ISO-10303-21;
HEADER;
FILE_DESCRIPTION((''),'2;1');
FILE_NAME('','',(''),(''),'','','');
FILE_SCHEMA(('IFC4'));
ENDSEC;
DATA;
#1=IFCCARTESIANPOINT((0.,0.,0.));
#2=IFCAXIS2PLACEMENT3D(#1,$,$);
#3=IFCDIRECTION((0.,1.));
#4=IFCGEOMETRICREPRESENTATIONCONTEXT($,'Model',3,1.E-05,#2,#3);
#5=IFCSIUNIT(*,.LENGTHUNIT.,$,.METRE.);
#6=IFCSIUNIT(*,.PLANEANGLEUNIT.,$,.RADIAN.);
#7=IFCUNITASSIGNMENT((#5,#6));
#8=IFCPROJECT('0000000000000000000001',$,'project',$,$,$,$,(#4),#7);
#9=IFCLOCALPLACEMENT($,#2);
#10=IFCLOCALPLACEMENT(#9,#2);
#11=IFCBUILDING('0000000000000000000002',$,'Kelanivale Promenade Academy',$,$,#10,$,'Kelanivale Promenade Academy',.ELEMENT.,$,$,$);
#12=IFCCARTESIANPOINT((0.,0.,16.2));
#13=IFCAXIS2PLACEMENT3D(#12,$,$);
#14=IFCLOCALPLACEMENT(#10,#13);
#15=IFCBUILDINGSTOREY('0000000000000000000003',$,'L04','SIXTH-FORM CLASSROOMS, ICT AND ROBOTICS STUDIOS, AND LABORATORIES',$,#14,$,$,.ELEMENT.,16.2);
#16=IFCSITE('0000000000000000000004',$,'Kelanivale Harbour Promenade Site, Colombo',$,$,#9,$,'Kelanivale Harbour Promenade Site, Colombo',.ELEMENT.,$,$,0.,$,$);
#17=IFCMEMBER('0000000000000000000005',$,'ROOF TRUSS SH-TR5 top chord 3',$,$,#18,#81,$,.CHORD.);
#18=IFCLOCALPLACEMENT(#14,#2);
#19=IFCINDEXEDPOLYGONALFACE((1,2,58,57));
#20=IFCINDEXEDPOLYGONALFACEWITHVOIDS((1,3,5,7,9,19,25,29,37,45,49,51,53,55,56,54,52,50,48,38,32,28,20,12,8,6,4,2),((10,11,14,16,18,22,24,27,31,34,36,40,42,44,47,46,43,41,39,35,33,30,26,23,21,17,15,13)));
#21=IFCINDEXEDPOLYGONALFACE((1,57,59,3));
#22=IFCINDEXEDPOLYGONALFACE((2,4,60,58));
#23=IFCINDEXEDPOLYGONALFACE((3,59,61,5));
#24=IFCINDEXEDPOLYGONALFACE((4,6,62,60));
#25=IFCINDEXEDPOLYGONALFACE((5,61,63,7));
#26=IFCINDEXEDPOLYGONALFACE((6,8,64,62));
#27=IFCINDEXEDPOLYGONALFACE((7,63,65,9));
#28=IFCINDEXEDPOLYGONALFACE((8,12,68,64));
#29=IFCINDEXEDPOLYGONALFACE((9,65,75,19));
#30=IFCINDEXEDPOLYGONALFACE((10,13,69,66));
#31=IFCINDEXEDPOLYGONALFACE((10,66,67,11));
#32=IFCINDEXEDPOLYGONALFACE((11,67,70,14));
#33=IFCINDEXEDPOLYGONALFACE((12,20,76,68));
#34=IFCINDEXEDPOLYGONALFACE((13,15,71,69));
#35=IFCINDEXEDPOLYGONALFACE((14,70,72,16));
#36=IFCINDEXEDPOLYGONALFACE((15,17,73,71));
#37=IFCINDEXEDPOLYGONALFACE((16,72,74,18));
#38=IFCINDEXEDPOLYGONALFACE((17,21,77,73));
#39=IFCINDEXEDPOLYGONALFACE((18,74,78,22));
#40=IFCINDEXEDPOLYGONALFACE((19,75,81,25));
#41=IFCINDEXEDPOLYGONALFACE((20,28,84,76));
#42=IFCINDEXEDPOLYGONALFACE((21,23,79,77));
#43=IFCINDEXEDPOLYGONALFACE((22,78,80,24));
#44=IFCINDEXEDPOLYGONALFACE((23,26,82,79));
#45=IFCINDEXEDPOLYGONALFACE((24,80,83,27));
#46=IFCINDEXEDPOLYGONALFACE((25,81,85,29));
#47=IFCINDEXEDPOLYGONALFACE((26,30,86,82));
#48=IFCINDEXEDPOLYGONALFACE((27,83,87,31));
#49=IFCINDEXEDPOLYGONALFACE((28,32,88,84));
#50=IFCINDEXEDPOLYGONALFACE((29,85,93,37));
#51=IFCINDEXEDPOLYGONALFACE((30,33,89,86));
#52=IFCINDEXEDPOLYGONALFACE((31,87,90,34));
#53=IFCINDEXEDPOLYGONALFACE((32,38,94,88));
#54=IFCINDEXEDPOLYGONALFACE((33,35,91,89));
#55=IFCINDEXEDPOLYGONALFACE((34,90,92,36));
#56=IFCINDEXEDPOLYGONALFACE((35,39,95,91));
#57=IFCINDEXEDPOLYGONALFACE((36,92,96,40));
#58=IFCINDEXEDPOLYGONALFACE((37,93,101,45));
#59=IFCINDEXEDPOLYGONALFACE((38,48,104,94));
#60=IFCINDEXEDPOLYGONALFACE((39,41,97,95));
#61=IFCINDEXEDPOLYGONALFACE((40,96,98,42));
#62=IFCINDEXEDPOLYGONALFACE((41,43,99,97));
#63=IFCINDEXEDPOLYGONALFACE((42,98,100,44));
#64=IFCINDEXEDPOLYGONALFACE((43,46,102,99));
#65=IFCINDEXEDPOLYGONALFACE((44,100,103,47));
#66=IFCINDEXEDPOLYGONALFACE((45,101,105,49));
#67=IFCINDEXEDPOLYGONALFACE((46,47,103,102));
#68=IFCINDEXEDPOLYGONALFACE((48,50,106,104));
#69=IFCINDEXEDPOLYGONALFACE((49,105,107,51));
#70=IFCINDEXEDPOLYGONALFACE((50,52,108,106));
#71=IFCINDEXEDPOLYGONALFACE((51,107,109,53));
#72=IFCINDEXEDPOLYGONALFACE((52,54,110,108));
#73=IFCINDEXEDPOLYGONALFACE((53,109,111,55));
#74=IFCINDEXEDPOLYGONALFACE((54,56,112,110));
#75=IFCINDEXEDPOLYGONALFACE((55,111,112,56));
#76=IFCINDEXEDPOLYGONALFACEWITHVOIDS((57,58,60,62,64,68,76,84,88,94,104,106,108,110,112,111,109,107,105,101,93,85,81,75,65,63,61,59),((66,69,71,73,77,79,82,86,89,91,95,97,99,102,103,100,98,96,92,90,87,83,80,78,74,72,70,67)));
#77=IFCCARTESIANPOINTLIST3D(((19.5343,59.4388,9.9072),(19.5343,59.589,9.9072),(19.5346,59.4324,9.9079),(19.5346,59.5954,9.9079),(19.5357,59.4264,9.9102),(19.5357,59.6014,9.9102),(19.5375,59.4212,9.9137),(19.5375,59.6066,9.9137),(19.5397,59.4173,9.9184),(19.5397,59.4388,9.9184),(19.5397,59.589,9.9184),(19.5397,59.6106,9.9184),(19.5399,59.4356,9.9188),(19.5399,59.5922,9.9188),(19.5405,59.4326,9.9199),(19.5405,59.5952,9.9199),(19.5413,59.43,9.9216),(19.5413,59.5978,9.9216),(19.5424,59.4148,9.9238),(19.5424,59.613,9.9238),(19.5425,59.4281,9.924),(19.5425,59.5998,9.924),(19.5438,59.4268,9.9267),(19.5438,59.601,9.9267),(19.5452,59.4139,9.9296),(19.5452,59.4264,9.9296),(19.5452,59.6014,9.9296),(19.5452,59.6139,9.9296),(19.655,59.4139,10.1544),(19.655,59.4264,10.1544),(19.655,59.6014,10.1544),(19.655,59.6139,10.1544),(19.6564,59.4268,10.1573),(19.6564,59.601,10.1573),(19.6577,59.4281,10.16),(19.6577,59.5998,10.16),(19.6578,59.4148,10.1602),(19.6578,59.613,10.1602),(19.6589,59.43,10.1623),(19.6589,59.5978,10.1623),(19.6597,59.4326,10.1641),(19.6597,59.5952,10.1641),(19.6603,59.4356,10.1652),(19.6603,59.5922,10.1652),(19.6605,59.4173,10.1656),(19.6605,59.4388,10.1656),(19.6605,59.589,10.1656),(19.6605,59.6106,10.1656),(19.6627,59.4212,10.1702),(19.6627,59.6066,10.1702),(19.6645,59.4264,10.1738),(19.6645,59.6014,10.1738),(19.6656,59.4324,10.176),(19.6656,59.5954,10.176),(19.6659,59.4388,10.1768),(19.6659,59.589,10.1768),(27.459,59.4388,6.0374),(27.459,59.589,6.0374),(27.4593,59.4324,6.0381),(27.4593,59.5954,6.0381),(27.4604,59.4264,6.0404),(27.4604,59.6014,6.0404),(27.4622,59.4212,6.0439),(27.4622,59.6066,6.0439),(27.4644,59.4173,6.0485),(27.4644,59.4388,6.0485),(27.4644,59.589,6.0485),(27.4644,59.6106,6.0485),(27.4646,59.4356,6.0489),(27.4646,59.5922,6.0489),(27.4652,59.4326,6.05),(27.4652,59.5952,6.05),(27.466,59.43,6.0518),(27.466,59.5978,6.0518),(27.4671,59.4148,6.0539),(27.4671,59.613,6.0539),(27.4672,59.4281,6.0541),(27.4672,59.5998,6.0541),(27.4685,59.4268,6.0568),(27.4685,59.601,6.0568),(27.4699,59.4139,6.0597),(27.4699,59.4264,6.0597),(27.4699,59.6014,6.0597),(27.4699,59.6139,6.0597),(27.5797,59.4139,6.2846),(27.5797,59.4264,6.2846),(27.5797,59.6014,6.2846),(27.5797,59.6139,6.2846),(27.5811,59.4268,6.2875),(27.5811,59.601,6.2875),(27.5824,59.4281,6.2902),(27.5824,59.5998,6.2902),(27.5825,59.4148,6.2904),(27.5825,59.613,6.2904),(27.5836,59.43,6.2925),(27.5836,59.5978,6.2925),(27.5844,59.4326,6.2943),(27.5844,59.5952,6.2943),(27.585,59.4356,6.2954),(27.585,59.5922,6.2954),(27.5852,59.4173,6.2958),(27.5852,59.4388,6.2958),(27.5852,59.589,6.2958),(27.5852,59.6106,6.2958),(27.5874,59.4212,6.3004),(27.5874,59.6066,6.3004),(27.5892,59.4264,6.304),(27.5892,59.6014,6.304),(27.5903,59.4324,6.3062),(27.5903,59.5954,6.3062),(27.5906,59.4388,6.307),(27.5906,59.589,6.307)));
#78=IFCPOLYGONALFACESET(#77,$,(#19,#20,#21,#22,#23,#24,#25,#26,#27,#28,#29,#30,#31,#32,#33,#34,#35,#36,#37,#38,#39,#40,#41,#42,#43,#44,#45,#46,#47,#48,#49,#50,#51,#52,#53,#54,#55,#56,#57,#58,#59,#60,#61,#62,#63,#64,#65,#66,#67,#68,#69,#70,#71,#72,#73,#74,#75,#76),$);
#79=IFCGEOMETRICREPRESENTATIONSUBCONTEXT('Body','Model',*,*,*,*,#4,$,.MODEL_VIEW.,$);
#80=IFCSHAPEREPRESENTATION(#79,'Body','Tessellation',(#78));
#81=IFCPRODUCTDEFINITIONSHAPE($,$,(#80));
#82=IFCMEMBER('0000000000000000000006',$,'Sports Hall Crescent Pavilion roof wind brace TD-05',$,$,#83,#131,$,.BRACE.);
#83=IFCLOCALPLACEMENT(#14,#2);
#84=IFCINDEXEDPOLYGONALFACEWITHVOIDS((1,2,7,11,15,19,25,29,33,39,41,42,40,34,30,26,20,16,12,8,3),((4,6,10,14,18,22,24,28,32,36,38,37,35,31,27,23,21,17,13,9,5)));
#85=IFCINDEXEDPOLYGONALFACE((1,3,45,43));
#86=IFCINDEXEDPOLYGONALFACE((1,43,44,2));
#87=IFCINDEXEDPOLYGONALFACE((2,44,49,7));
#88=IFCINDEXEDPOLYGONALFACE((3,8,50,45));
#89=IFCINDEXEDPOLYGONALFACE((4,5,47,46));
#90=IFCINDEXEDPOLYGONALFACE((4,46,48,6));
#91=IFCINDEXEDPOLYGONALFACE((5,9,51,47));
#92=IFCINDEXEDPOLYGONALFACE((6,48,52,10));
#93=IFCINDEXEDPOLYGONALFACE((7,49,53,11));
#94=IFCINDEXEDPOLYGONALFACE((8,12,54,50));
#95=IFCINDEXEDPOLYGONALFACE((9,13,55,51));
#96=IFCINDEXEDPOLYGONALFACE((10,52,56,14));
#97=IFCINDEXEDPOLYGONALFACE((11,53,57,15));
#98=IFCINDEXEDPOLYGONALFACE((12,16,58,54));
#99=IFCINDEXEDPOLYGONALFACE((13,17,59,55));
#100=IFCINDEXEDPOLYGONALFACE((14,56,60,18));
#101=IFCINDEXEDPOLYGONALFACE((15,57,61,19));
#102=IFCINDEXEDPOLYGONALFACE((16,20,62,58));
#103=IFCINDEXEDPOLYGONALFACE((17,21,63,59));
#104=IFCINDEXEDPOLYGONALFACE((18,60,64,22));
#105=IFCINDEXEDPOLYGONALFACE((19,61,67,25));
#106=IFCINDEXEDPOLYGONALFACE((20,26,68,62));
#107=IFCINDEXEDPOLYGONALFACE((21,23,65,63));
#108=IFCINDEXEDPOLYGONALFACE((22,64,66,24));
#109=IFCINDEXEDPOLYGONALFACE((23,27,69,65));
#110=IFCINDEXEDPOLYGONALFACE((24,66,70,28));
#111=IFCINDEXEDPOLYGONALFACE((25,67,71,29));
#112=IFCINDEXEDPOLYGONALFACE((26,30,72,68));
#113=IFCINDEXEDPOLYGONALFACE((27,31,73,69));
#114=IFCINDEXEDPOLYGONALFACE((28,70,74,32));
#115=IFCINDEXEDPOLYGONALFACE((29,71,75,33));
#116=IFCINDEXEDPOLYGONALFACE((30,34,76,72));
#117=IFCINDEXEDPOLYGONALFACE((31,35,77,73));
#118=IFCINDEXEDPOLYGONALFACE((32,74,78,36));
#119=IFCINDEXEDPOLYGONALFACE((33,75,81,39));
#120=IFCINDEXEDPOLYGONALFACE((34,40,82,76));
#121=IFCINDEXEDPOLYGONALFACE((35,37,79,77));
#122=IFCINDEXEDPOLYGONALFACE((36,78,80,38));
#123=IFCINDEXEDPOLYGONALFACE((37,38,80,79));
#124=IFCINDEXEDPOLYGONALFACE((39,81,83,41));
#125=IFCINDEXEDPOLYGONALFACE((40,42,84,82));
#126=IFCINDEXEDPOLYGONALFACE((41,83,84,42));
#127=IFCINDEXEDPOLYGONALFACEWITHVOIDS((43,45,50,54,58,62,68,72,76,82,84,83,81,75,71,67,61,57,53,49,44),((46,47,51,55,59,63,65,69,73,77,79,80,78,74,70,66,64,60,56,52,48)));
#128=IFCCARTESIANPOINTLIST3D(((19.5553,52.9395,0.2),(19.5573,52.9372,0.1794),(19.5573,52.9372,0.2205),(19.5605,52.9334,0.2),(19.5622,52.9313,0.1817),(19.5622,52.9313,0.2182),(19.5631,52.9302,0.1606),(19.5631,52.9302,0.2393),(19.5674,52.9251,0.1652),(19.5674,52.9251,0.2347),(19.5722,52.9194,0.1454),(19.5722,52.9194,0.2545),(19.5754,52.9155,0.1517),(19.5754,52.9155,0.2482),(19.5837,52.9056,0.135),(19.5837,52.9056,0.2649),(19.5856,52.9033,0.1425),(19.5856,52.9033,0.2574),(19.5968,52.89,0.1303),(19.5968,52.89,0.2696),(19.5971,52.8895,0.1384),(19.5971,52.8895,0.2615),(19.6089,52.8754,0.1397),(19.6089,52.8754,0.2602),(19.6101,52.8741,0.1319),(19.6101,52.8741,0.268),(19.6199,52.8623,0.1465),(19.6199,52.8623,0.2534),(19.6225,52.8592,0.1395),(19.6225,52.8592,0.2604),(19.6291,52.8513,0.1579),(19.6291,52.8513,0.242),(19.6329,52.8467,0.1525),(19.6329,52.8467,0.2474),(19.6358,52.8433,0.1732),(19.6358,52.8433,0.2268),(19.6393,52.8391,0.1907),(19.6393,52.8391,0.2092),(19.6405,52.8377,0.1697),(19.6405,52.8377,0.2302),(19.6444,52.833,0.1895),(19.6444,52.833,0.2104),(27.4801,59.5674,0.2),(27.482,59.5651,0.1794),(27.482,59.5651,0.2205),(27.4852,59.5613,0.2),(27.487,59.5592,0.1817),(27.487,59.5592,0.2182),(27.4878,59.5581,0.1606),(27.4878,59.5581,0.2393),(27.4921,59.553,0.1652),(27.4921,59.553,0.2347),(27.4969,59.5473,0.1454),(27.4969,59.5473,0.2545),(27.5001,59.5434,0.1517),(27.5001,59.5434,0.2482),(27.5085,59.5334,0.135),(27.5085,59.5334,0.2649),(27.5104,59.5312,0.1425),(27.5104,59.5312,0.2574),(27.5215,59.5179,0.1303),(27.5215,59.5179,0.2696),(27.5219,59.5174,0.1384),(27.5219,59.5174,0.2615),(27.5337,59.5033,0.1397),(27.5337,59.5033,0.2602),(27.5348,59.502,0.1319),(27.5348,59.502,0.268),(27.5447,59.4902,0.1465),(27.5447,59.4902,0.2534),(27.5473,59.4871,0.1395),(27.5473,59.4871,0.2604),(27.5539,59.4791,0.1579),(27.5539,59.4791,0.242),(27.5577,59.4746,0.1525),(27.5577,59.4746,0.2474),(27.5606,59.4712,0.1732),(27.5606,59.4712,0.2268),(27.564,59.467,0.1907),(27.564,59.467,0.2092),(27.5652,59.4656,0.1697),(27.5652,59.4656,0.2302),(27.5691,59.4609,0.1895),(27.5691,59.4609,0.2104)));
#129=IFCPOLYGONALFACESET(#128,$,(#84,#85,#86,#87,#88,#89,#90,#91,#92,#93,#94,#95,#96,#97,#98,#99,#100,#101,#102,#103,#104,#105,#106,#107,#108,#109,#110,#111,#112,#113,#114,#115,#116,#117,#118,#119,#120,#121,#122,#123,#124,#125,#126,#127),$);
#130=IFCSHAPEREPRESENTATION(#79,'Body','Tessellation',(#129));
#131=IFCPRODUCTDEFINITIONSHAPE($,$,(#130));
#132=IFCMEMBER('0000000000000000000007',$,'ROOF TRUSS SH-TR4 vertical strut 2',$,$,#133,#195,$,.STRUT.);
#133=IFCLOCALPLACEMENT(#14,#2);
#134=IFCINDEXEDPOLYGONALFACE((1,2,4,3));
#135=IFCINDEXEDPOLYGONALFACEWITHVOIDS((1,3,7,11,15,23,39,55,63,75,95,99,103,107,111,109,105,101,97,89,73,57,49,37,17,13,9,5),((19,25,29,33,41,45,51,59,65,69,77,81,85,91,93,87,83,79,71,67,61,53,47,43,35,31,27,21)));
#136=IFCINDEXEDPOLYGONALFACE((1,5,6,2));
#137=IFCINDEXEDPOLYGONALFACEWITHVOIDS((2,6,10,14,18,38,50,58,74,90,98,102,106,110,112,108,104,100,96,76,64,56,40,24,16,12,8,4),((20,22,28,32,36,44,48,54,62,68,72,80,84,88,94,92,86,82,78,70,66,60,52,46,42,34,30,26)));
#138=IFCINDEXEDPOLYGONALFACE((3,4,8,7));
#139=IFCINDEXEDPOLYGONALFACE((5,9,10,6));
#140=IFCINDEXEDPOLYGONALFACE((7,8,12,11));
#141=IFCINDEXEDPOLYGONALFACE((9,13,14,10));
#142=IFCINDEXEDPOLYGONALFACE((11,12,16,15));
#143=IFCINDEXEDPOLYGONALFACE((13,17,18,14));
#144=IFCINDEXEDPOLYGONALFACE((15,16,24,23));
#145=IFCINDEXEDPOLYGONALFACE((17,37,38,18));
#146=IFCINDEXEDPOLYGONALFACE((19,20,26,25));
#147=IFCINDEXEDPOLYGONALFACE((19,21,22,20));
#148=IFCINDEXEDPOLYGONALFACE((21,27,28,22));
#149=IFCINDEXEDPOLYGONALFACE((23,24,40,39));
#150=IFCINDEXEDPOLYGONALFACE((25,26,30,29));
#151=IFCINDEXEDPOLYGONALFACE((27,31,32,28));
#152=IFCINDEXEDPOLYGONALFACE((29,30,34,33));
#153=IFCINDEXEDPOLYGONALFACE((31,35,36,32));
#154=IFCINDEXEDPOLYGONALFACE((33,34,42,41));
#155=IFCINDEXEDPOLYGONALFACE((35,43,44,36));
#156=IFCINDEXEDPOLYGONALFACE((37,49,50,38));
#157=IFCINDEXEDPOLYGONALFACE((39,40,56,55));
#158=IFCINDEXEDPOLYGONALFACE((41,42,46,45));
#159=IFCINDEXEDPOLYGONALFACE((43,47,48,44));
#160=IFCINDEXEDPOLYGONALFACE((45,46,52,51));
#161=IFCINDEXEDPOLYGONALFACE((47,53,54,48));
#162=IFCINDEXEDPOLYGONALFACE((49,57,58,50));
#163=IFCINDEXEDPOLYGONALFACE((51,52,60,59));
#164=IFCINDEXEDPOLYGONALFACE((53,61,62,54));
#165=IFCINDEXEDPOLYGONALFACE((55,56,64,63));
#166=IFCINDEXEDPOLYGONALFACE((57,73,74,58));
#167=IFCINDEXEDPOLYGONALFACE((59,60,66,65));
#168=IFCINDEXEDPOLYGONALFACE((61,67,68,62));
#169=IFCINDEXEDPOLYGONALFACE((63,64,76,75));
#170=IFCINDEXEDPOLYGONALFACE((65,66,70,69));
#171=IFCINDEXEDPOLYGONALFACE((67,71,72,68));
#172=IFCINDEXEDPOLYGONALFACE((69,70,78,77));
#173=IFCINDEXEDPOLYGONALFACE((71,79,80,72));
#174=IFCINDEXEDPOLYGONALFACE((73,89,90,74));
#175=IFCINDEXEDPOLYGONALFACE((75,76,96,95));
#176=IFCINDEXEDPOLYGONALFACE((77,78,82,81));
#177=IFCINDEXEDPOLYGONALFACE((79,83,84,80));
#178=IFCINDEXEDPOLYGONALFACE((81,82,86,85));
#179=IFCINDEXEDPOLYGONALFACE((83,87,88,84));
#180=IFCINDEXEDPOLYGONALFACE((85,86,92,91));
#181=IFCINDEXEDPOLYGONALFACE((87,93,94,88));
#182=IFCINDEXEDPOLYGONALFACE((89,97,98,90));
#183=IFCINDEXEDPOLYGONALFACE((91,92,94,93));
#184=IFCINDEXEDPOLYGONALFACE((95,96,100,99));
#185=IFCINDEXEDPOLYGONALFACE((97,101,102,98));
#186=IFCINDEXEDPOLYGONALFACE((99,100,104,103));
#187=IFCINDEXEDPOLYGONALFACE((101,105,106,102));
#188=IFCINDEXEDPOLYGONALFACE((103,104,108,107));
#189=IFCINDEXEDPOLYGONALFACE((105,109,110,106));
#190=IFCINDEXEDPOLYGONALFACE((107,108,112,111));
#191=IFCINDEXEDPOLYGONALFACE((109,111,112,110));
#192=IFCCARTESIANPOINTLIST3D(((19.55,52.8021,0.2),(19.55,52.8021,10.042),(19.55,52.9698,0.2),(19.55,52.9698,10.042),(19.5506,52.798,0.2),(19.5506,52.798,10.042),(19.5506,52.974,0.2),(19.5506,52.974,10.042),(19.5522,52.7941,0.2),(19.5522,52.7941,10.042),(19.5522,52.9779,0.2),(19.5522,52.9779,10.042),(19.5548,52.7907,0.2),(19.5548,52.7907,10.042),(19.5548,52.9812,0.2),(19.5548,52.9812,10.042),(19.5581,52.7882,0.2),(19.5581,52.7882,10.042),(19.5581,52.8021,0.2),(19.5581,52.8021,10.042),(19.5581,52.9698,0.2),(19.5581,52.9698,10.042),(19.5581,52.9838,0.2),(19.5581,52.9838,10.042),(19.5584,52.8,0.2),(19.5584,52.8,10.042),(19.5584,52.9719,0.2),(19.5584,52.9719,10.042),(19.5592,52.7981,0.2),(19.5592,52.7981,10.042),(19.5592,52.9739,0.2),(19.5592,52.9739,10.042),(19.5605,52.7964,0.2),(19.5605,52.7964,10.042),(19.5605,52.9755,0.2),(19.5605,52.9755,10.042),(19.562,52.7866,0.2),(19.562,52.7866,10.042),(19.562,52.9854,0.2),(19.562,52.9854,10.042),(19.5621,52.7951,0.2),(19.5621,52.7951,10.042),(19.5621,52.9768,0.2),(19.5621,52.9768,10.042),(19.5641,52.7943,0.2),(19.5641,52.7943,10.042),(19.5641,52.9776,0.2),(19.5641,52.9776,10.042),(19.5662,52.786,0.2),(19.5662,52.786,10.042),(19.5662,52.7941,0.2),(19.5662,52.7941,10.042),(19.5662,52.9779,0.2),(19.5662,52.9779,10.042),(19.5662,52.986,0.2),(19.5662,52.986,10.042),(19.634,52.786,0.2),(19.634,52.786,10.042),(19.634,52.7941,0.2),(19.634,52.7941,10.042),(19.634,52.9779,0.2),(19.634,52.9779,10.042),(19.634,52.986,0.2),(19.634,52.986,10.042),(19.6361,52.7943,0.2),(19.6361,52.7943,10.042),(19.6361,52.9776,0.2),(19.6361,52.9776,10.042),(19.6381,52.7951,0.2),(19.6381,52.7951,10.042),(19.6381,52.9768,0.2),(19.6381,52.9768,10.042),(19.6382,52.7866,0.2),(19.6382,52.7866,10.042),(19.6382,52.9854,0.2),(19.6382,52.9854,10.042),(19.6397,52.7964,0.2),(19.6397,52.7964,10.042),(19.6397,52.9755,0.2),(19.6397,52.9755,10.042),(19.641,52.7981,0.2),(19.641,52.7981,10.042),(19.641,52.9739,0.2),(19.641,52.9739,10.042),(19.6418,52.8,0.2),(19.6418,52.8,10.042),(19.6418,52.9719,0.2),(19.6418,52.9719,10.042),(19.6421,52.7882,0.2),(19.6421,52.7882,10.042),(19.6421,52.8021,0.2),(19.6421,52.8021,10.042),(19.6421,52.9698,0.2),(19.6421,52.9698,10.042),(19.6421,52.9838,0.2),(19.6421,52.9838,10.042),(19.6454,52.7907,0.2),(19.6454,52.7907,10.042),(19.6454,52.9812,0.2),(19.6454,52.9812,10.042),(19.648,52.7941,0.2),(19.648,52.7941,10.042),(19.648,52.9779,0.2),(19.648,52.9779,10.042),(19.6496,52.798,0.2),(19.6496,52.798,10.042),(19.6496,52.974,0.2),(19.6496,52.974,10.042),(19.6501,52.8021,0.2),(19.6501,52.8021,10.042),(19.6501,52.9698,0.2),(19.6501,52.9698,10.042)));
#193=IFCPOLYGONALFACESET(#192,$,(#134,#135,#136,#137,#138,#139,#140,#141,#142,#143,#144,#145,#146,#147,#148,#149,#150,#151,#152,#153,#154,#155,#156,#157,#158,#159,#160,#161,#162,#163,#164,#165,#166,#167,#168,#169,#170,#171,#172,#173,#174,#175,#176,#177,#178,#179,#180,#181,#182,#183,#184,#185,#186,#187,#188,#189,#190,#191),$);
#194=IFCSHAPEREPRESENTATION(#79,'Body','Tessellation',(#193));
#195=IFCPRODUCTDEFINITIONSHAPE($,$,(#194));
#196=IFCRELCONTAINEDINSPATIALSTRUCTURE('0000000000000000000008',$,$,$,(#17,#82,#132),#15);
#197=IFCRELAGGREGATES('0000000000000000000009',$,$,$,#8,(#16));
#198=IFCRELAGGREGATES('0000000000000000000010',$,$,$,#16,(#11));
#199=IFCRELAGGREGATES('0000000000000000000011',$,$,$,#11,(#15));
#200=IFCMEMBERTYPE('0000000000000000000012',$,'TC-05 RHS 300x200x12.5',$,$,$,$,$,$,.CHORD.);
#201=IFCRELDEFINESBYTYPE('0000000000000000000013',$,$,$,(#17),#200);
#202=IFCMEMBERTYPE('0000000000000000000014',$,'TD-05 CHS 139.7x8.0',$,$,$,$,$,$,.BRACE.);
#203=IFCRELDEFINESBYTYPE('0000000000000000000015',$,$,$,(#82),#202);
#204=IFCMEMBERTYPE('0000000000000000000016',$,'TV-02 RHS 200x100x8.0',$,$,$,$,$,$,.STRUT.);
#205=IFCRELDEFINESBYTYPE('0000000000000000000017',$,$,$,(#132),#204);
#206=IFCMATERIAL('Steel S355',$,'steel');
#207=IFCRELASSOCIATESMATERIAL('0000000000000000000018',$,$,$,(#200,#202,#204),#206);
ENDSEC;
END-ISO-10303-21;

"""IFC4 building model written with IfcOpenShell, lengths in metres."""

from ifc_helpers import new_model, si_unit, direction, frame, origin, origin_2d, place, context, subcontext, project, spatial, hollow_rectangle, hollow_circle, extrude, material, material_profile, profile_set, type_object, element, save


model = new_model("IFC4")

# Units and contexts
model_context = context("Model", 3, precision=1e-05, world=origin(), true_north=direction((0.0, 1.0)))
body_context = subcontext(model_context, "Body", "Model", "MODEL_VIEW")
ifc_project = project(units=[si_unit("LENGTHUNIT", "METRE"), si_unit("PLANEANGLEUNIT", "RADIAN")], contexts=[model_context])

# Site, building, storey
site_placement = place(None, origin())
site = spatial("IfcSite", under=ifc_project, at=site_placement, Name="Kelanivale Harbour Promenade Site, Colombo", LongName="Kelanivale Harbour Promenade Site, Colombo", CompositionType="ELEMENT", RefElevation=0.0)
building_placement = place(site_placement, origin())
building = spatial("IfcBuilding", under=site, at=building_placement, Name="Kelanivale Promenade Academy", LongName="Kelanivale Promenade Academy", CompositionType="ELEMENT")
storey_placement = place(building_placement, frame((0.0, 0.0, 16.2)))
storey = spatial("IfcBuildingStorey", under=building, at=storey_placement, Name="L04", Description="SIXTH-FORM CLASSROOMS, ICT AND ROBOTICS STUDIOS, AND LABORATORIES", CompositionType="ELEMENT", Elevation=16.2)

# Members
ifc_material_1 = material(Name="Steel S355", Category="steel")
ifc_material_profile_1 = material_profile(ifc_material_1, hollow_rectangle(XDim=0.2, YDim=0.3, WallThickness=0.0125, InnerFilletRadius=0.0125, OuterFilletRadius=0.0249, at=origin_2d()), Name="RHS 300x200x12.5")
ifc_profile_set_1 = profile_set([ifc_material_profile_1], Name="Steel S355")
member_type_1 = type_object("IfcMemberType", Name="TC-05 RHS 300x200x12.5", PredefinedType="CHORD", material=ifc_profile_set_1)
member_1_placement = place(storey_placement, frame((19.6001, 59.5139, 10.042), z_axis=(0.898585, 0.0, -0.4388), x_axis=(0.0, 1.0, 0.0)))
element("IfcMember", 1, at=member_1_placement, inside=storey, type_object=member_type_1, Name="ROOF TRUSS SH-TR5 top chord 3", PredefinedType="CHORD", context=body_context, shape_type="SweptSolid", body=[
    extrude(hollow_rectangle(XDim=0.2, YDim=0.3, WallThickness=0.0125, InnerFilletRadius=0.0125, OuterFilletRadius=0.0249, at=origin_2d()), origin(), (0.0, 0.0, 1.0), 8.8191),
])
ifc_material_profile_2 = material_profile(ifc_material_1, hollow_circle(Radius=0.0698, WallThickness=0.0081, at=origin_2d()), Name="CHS 139.7x8.0")
ifc_profile_set_2 = profile_set([ifc_material_profile_2], Name="Steel S355")
member_type_2 = type_object("IfcMemberType", Name="TD-05 CHS 139.7x8.0", PredefinedType="BRACE", material=ifc_profile_set_2)
member_2_placement = place(storey_placement, frame((19.6001, 52.886, 0.2), z_axis=(0.767081, 0.64155, 0.0), x_axis=(-0.64155, 0.767081, 0.0)))
element("IfcMember", 2, at=member_2_placement, inside=storey, type_object=member_type_2, Name="Sports Hall Crescent Pavilion roof wind brace TD-05", PredefinedType="BRACE", context=body_context, shape_type="SweptSolid", body=[
    extrude(hollow_circle(Radius=0.0698, WallThickness=0.0081, at=origin_2d()), origin(), (0.0, 0.0, 1.0), 10.3311),
])
ifc_material_profile_3 = material_profile(ifc_material_1, hollow_rectangle(XDim=0.1001, YDim=0.2, WallThickness=0.0081, InnerFilletRadius=0.0081, OuterFilletRadius=0.0161, at=origin_2d()), Name="RHS 200x100x8.0")
ifc_profile_set_3 = profile_set([ifc_material_profile_3], Name="Steel S355")
member_type_3 = type_object("IfcMemberType", Name="TV-02 RHS 200x100x8.0", PredefinedType="STRUT", material=ifc_profile_set_3)
member_3_placement = place(storey_placement, frame((19.6001, 52.886, 0.2), z_axis=(0.0, 0.0, 1.0), x_axis=(1.0, 0.0, 0.0)))
element("IfcMember", 3, at=member_3_placement, inside=storey, type_object=member_type_3, Name="ROOF TRUSS SH-TR4 vertical strut 2", PredefinedType="STRUT", context=body_context, shape_type="SweptSolid", body=[
    extrude(hollow_rectangle(XDim=0.1001, YDim=0.2, WallThickness=0.0081, InnerFilletRadius=0.0081, OuterFilletRadius=0.0161, at=origin_2d()), origin(), (0.0, 0.0, 1.0), 9.842),
])

save(model, "model.ifc")
